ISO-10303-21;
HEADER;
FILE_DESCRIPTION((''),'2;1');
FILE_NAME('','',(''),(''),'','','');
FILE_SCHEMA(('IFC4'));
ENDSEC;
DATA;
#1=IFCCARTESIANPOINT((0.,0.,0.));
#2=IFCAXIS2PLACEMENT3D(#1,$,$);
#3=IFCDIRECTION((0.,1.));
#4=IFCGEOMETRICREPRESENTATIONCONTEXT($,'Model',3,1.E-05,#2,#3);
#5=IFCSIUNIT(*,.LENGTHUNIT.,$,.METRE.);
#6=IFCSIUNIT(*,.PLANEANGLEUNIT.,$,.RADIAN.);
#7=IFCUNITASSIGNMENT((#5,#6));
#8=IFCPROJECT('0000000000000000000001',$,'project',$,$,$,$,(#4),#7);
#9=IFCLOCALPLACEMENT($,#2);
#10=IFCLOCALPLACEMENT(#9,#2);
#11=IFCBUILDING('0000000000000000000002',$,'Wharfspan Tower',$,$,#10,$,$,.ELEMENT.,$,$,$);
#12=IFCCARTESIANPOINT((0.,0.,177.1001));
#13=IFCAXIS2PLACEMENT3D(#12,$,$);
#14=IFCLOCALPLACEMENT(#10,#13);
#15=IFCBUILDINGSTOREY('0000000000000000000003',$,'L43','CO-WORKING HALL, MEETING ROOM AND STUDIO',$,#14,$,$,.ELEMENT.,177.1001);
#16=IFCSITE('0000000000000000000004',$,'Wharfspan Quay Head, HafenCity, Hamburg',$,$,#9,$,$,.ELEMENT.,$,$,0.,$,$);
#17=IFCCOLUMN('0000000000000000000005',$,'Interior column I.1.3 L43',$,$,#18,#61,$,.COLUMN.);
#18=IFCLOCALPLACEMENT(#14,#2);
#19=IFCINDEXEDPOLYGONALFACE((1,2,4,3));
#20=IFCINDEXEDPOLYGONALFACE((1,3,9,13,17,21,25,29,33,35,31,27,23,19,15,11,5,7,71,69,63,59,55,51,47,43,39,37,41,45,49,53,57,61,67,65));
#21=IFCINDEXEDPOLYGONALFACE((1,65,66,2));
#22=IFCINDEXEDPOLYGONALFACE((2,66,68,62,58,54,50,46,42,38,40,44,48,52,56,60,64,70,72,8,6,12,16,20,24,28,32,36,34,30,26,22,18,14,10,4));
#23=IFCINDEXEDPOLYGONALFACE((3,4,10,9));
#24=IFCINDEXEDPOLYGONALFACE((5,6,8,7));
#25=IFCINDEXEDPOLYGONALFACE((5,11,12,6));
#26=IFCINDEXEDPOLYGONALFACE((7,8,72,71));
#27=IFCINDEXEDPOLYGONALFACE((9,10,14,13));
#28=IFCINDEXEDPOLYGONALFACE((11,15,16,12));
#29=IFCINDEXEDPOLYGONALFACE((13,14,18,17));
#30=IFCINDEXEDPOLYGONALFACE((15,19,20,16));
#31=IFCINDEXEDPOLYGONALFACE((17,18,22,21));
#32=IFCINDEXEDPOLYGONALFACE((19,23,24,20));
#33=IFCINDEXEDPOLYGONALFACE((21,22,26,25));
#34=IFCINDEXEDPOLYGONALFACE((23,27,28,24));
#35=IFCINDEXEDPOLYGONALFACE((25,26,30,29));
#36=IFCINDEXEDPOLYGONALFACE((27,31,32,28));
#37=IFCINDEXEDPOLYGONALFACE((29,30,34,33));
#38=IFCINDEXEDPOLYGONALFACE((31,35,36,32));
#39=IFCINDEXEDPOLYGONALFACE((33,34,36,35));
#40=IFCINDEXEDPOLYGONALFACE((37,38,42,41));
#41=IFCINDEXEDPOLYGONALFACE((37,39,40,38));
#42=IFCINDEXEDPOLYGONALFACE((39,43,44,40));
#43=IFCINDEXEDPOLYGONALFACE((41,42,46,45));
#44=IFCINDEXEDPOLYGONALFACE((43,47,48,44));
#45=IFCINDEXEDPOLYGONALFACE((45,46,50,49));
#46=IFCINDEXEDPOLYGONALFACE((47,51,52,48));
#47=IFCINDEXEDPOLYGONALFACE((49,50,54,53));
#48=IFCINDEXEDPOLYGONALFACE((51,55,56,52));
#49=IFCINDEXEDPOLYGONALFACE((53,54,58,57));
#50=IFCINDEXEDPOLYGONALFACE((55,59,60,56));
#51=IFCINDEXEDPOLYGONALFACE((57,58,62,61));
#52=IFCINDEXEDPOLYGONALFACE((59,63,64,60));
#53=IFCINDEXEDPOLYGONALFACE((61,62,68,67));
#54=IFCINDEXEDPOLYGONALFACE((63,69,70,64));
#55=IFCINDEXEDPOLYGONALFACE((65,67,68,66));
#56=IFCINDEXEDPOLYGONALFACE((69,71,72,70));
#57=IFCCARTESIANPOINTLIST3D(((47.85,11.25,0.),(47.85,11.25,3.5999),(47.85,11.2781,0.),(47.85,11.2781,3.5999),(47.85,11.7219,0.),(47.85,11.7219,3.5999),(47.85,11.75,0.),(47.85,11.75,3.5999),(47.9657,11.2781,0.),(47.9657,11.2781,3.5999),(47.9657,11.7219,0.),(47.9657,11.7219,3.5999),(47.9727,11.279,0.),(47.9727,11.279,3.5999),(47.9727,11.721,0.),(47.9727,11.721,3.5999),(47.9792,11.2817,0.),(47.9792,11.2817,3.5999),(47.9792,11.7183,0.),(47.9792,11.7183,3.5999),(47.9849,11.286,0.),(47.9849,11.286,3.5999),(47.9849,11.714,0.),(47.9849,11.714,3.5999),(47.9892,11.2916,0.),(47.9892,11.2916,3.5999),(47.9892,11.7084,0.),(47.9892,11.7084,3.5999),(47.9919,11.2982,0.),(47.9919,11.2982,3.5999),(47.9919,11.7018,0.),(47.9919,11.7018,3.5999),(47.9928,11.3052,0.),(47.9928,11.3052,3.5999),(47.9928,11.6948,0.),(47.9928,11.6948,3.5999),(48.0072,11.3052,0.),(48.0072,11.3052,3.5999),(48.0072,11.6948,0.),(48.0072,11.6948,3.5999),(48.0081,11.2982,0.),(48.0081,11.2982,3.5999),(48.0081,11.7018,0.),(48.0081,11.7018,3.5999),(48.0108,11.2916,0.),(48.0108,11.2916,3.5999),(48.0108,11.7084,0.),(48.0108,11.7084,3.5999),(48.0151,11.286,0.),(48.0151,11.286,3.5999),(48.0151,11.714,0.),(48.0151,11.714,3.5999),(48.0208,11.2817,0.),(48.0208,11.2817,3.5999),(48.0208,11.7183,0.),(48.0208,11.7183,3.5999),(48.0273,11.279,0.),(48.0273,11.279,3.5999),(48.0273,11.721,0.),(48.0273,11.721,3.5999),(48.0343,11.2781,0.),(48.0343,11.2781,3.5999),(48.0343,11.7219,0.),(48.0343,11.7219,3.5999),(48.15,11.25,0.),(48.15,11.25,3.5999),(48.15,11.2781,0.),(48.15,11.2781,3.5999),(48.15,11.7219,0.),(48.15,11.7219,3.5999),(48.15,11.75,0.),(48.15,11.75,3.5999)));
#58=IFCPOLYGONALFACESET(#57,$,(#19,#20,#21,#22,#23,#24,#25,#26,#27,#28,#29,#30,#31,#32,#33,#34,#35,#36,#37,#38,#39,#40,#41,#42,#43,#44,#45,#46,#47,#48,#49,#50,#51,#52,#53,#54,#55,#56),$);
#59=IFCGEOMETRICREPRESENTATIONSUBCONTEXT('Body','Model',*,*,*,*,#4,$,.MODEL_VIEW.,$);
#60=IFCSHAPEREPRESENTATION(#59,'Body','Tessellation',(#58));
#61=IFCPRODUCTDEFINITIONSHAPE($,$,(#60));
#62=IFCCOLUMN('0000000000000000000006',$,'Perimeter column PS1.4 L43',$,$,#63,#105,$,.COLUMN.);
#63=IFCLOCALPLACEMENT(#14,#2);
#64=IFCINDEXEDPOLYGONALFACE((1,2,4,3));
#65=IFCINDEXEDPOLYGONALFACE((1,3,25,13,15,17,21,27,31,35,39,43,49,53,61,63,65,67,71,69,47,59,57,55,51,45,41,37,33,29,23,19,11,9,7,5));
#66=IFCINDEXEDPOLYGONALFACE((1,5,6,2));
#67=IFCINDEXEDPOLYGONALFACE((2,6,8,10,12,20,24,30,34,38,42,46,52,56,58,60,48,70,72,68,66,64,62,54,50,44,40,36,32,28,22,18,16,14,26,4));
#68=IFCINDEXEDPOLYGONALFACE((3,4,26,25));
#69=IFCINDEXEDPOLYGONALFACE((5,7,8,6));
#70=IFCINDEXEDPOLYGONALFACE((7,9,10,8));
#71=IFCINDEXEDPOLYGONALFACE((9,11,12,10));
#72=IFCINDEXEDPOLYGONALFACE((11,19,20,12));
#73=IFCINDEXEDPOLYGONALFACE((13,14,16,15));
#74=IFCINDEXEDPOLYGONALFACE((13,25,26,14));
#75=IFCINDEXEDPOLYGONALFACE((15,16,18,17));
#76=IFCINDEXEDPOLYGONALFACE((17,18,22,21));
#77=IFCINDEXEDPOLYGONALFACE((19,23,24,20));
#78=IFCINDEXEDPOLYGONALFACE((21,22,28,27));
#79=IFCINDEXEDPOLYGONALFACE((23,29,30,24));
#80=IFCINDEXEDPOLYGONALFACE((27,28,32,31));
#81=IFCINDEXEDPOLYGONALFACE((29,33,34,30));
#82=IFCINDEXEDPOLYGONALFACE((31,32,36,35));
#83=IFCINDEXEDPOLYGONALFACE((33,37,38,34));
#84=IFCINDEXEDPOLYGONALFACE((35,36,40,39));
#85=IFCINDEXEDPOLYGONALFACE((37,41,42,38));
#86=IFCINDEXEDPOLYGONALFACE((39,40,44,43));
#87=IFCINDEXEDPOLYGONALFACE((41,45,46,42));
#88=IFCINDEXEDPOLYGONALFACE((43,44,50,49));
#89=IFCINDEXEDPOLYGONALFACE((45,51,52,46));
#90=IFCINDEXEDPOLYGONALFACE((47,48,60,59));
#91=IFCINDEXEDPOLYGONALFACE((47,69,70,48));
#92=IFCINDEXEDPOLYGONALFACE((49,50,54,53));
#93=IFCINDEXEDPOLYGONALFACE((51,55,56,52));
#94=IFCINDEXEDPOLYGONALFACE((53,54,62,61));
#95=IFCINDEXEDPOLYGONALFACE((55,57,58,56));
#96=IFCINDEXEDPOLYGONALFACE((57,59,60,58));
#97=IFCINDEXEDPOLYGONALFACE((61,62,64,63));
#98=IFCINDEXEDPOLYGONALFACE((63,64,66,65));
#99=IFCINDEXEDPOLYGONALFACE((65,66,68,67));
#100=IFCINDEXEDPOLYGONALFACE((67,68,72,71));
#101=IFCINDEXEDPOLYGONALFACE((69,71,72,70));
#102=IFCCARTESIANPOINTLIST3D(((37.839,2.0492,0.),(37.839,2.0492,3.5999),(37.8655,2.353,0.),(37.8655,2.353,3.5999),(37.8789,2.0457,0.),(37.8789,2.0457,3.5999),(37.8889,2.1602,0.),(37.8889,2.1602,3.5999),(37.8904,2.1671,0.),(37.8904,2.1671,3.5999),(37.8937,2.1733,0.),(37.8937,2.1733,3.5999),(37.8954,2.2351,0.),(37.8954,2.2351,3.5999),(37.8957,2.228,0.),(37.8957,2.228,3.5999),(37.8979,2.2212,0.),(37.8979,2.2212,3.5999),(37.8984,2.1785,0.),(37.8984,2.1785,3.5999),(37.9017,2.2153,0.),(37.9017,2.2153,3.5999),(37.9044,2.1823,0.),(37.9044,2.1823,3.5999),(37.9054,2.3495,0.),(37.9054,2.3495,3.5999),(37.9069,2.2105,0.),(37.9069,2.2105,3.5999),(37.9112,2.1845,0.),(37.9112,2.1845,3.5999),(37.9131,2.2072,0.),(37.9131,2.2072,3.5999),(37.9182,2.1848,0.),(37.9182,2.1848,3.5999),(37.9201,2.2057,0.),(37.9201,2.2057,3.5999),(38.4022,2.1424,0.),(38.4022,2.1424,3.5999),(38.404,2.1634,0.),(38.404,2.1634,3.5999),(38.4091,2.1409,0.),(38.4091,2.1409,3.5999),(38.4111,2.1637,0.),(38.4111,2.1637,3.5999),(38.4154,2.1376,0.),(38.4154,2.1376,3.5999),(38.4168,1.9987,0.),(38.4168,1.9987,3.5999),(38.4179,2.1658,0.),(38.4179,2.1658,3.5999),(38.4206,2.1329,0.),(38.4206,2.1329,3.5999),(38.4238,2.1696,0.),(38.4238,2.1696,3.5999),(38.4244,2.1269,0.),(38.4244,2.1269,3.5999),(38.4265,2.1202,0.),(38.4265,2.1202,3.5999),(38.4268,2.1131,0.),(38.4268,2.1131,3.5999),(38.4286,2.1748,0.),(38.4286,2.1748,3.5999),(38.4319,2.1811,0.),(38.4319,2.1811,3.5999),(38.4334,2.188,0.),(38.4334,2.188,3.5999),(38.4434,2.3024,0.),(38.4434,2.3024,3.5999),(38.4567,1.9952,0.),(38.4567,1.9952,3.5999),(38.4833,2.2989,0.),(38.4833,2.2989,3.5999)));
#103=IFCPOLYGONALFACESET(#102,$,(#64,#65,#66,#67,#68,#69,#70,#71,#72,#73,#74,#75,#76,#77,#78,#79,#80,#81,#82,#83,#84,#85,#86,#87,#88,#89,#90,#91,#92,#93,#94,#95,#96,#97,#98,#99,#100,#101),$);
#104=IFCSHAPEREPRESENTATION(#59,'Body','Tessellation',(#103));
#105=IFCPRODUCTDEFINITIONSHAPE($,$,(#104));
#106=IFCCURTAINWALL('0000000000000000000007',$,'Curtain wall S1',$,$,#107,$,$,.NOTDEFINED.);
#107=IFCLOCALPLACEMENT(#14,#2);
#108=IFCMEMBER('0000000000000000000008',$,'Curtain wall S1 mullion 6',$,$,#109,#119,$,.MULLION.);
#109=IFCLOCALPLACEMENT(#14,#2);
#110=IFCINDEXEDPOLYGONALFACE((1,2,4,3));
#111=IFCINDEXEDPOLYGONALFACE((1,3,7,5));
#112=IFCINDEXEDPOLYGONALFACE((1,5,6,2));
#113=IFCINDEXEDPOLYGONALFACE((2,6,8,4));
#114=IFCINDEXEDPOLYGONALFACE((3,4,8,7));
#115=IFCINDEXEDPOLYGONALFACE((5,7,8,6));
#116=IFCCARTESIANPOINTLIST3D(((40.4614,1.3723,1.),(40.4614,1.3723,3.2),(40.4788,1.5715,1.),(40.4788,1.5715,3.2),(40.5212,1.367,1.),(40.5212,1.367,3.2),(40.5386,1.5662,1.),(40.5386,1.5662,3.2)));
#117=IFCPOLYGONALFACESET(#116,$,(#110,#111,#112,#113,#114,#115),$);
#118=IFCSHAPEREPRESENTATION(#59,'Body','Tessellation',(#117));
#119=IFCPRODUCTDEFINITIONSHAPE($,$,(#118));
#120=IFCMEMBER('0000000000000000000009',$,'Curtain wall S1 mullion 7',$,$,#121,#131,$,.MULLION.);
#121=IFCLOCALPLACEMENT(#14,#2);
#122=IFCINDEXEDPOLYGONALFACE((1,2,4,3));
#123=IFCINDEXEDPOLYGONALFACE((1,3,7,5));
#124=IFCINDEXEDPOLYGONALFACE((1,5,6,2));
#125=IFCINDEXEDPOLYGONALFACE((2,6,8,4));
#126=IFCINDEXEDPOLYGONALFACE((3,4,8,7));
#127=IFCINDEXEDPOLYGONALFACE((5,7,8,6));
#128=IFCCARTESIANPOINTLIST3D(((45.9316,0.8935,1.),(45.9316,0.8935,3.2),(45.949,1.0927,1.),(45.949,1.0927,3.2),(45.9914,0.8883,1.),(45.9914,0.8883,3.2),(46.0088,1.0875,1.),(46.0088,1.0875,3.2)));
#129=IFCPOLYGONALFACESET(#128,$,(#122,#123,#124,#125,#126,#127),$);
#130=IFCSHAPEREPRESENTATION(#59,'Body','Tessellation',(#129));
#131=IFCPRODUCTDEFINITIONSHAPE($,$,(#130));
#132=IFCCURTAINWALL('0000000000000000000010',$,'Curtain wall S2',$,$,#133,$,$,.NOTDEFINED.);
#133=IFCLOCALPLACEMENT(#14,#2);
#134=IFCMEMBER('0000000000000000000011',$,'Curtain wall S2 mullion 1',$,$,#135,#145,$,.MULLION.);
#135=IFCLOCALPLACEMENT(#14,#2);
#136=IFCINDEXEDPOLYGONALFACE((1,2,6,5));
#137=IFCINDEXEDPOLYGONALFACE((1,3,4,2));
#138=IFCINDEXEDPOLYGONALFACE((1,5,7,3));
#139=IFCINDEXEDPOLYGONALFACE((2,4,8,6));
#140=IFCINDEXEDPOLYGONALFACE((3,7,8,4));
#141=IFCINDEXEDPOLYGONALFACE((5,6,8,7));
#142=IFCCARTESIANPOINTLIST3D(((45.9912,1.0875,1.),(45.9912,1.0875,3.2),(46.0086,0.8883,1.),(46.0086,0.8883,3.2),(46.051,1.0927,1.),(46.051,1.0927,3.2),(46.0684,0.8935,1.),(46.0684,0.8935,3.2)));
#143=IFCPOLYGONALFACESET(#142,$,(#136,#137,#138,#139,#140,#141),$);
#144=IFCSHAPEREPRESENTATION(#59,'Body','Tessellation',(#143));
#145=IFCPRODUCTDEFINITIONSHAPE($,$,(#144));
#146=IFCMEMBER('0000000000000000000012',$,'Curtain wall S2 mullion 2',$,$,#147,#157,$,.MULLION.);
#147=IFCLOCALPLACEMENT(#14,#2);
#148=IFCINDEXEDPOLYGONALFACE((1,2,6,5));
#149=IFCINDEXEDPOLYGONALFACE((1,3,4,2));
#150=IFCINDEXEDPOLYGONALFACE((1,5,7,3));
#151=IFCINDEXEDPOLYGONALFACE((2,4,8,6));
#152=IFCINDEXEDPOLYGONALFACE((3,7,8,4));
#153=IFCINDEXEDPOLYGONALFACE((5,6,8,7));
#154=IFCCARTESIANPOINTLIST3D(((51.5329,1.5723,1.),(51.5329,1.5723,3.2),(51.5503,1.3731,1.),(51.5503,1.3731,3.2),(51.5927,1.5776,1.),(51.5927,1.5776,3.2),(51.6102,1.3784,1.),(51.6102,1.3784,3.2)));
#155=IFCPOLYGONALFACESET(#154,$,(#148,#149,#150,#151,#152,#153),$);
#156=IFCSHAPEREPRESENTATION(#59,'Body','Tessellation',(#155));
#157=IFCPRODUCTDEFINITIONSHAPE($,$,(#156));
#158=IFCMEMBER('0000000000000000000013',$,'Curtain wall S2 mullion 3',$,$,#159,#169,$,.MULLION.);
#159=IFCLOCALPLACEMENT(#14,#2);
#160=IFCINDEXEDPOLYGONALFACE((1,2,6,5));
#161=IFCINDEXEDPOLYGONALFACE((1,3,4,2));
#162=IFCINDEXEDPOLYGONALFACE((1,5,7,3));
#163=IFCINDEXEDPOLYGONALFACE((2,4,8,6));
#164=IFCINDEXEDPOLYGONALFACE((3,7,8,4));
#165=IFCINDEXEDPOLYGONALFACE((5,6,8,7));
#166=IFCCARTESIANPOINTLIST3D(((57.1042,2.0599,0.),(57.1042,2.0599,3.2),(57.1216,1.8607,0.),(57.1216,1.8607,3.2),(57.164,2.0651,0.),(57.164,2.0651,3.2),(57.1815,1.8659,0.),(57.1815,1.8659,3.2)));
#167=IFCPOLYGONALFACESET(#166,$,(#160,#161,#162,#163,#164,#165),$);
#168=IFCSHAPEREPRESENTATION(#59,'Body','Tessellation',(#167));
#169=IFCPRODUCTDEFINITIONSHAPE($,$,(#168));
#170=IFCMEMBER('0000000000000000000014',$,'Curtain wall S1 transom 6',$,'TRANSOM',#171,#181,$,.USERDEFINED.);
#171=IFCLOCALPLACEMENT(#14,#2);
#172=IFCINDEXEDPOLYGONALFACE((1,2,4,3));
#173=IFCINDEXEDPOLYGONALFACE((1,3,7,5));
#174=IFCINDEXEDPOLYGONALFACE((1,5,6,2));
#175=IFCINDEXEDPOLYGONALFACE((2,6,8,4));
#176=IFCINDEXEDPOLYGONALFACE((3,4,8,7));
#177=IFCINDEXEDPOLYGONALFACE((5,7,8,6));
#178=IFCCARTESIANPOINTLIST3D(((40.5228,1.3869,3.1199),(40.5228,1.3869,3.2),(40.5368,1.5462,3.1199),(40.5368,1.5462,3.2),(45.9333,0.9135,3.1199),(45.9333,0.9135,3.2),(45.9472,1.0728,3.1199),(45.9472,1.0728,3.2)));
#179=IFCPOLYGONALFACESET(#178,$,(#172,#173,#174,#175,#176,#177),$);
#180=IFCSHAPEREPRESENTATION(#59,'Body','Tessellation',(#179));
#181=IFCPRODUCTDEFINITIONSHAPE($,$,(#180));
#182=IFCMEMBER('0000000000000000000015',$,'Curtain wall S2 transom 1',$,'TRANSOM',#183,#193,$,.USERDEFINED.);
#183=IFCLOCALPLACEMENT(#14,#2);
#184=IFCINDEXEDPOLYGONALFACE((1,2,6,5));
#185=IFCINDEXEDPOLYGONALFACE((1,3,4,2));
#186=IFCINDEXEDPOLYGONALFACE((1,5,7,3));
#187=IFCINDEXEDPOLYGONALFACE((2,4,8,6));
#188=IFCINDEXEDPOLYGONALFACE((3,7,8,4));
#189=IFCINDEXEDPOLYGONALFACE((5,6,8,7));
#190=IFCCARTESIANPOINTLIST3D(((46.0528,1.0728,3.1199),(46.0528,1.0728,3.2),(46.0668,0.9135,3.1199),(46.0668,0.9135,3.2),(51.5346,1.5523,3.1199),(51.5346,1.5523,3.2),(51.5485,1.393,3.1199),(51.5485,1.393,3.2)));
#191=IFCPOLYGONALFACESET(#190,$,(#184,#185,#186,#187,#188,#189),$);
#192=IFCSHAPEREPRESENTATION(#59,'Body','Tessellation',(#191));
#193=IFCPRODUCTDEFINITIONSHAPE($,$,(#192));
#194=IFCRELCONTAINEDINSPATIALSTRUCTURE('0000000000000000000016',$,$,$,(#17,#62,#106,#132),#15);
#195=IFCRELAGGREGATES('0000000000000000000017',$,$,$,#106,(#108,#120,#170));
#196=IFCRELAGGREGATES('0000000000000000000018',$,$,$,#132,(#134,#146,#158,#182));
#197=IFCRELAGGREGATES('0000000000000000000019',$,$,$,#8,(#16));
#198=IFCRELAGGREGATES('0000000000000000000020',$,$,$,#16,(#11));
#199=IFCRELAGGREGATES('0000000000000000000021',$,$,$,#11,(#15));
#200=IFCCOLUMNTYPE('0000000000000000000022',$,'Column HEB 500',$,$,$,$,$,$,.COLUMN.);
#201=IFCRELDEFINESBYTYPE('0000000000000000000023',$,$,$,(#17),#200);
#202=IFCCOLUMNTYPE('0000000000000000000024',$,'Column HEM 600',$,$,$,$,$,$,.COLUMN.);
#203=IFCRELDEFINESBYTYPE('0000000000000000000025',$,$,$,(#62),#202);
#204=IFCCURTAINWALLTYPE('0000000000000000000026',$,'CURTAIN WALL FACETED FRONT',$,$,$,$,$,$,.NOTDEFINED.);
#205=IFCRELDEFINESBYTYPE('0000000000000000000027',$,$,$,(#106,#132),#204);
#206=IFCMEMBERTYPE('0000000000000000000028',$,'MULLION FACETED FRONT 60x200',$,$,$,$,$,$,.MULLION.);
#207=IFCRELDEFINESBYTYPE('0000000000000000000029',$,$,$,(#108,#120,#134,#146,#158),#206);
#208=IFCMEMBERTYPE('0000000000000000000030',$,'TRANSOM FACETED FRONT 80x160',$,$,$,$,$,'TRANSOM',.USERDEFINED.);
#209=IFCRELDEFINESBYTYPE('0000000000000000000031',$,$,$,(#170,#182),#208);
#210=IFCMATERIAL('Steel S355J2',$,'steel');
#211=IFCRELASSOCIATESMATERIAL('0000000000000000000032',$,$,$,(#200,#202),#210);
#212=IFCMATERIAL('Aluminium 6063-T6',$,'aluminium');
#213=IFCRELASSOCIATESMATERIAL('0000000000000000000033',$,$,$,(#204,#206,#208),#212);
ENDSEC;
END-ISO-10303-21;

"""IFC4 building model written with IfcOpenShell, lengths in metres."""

from ifc_helpers import new_model, si_unit, direction, frame, origin, origin_2d, place, context, subcontext, project, spatial, rectangle, i_section, extrude, material, material_profile, profile_set, type_object, element, aggregate, save


model = new_model("IFC4")

# Units and contexts
model_context = context("Model", 3, precision=1e-05, world=origin(), true_north=direction((0.0, 1.0)))
body_context = subcontext(model_context, "Body", "Model", "MODEL_VIEW")
ifc_project = project(units=[si_unit("LENGTHUNIT", "METRE"), si_unit("PLANEANGLEUNIT", "RADIAN")], contexts=[model_context])

# Site, building, storey
site_placement = place(None, origin())
site = spatial("IfcSite", under=ifc_project, at=site_placement, Name="Wharfspan Quay Head, HafenCity, Hamburg", CompositionType="ELEMENT", RefElevation=0.0)
building_placement = place(site_placement, origin())
building = spatial("IfcBuilding", under=site, at=building_placement, Name="Wharfspan Tower", CompositionType="ELEMENT")
storey_placement = place(building_placement, frame((0.0, 0.0, 177.1001)))
storey = spatial("IfcBuildingStorey", under=building, at=storey_placement, Name="L43", Description="CO-WORKING HALL, MEETING ROOM AND STUDIO", CompositionType="ELEMENT", Elevation=177.1001)

# Columns
ifc_material_1 = material(Name="Steel S355J2", Category="steel")
ifc_material_profile_1 = material_profile(ifc_material_1, i_section(OverallWidth=0.3, OverallDepth=0.5, WebThickness=0.0144, FlangeThickness=0.0281, FilletRadius=0.0271, at=origin_2d()))
ifc_profile_set_1 = profile_set([ifc_material_profile_1], Name="Steel S355J2")
column_type_1 = type_object("IfcColumnType", Name="Column HEB 500", PredefinedType="COLUMN", material=ifc_profile_set_1)
column_1_placement = place(storey_placement, frame((48.0, 11.5, 0.0), z_axis=(0.0, 0.0, 1.0), x_axis=(1.0, 0.0, 0.0)))
element("IfcColumn", 1, at=column_1_placement, inside=storey, type_object=column_type_1, Name="Interior column I.1.3 L43", PredefinedType="COLUMN", context=body_context, shape_type="SweptSolid", body=[
    extrude(i_section(OverallWidth=0.3, OverallDepth=0.5, WebThickness=0.0144, FlangeThickness=0.0281, FilletRadius=0.0271, at=origin_2d()), origin(), (0.0, 0.0, 1.0), 3.5999),
])
ifc_material_profile_2 = material_profile(ifc_material_1, i_section(OverallWidth=0.3049, OverallDepth=0.6201, WebThickness=0.021, FlangeThickness=0.04, FilletRadius=0.0271, at=origin_2d()))
ifc_profile_set_2 = profile_set([ifc_material_profile_2], Name="Steel S355J2")
column_type_2 = type_object("IfcColumnType", Name="Column HEM 600", PredefinedType="COLUMN", material=ifc_profile_set_2)
column_2_placement = place(storey_placement, frame((38.1611, 2.1741, 0.0), z_axis=(0.0, 0.0, 1.0), x_axis=(-0.087156, -0.996198, 0.0)))
element("IfcColumn", 2, at=column_2_placement, inside=storey, type_object=column_type_2, Name="Perimeter column PS1.4 L43", PredefinedType="COLUMN", context=body_context, shape_type="SweptSolid", body=[
    extrude(i_section(OverallWidth=0.3049, OverallDepth=0.6201, WebThickness=0.021, FlangeThickness=0.04, FilletRadius=0.0271, at=origin_2d()), origin(), (0.0, 0.0, 1.0), 3.5999),
])

# Curtain walls, members
ifc_material_2 = material(Name="Aluminium 6063-T6", Category="aluminium")
curtain_wall_type = type_object("IfcCurtainWallType", Name="CURTAIN WALL FACETED FRONT", PredefinedType="NOTDEFINED", material=ifc_material_2)
curtain_wall_1_placement = place(storey_placement, origin())
curtain_wall_1 = element("IfcCurtainWall", 3, at=curtain_wall_1_placement, inside=storey, type_object=curtain_wall_type, Name="Curtain wall S1", PredefinedType="NOTDEFINED")
ifc_material_profile_3 = material_profile(ifc_material_2, rectangle(XDim=0.2, YDim=0.0601, at=origin_2d()))
ifc_profile_set_3 = profile_set([ifc_material_profile_3], Name="Aluminium 6063-T6")
member_type_1 = type_object("IfcMemberType", Name="MULLION FACETED FRONT 60x200", PredefinedType="MULLION", material=ifc_profile_set_3)
member_1_placement = place(storey_placement, frame((40.5, 1.4692, 1.0), z_axis=(0.0, 0.0, 1.0), x_axis=(0.087156, 0.996198, 0.0)))
member_1 = element("IfcMember", 4, at=member_1_placement, type_object=member_type_1, Name="Curtain wall S1 mullion 6", PredefinedType="MULLION", context=body_context, shape_type="SweptSolid", body=[
    extrude(rectangle(XDim=0.2, YDim=0.0601, at=origin_2d()), origin(), (0.0, 0.0, 1.0), 2.2),
])
member_2_placement = place(storey_placement, frame((45.9702, 0.9905, 1.0), z_axis=(0.0, 0.0, 1.0), x_axis=(0.087156, 0.996198, 0.0)))
member_2 = element("IfcMember", 5, at=member_2_placement, type_object=member_type_1, Name="Curtain wall S1 mullion 7", PredefinedType="MULLION", context=body_context, shape_type="SweptSolid", body=[
    extrude(rectangle(XDim=0.2, YDim=0.0601, at=origin_2d()), origin(), (0.0, 0.0, 1.0), 2.2),
])
curtain_wall_2_placement = place(storey_placement, origin())
curtain_wall_2 = element("IfcCurtainWall", 6, at=curtain_wall_2_placement, inside=storey, type_object=curtain_wall_type, Name="Curtain wall S2", PredefinedType="NOTDEFINED")
member_3_placement = place(storey_placement, frame((46.0298, 0.9905, 1.0), z_axis=(0.0, 0.0, 1.0), x_axis=(-0.087156, 0.996198, 0.0)))
member_3 = element("IfcMember", 7, at=member_3_placement, type_object=member_type_1, Name="Curtain wall S2 mullion 1", PredefinedType="MULLION", context=body_context, shape_type="SweptSolid", body=[
    extrude(rectangle(XDim=0.2, YDim=0.0601, at=origin_2d()), origin(), (0.0, 0.0, 1.0), 2.2),
])
member_4_placement = place(storey_placement, frame((51.5715, 1.4753, 1.0), z_axis=(0.0, 0.0, 1.0), x_axis=(-0.087156, 0.996198, 0.0)))
member_4 = element("IfcMember", 8, at=member_4_placement, type_object=member_type_1, Name="Curtain wall S2 mullion 2", PredefinedType="MULLION", context=body_context, shape_type="SweptSolid", body=[
    extrude(rectangle(XDim=0.2, YDim=0.0601, at=origin_2d()), origin(), (0.0, 0.0, 1.0), 2.2),
])
member_5_placement = place(storey_placement, frame((57.1428, 1.9629, 0.0), z_axis=(0.0, 0.0, 1.0), x_axis=(-0.087156, 0.996198, 0.0)))
member_5 = element("IfcMember", 9, at=member_5_placement, type_object=member_type_1, Name="Curtain wall S2 mullion 3", PredefinedType="MULLION", context=body_context, shape_type="SweptSolid", body=[
    extrude(rectangle(XDim=0.2, YDim=0.0601, at=origin_2d()), origin(), (0.0, 0.0, 1.0), 3.2),
])

# Members
ifc_material_profile_4 = material_profile(ifc_material_2, rectangle(XDim=0.1599, YDim=0.0801, at=origin_2d()))
ifc_profile_set_4 = profile_set([ifc_material_profile_4], Name="Aluminium 6063-T6")
member_type_2 = type_object("IfcMemberType", Name="TRANSOM FACETED FRONT 80x160", ElementType="TRANSOM", PredefinedType="USERDEFINED", material=ifc_profile_set_4)
member_6_placement = place(storey_placement, frame((40.5298, 1.4666, 3.1599), z_axis=(0.996194, -0.087163, 0.0), x_axis=(0.087163, 0.996194, 0.0)))
member_6 = element("IfcMember", 10, at=member_6_placement, type_object=member_type_2, Name="Curtain wall S1 transom 6", ObjectType="TRANSOM", PredefinedType="USERDEFINED", context=body_context, shape_type="SweptSolid", body=[
    extrude(rectangle(XDim=0.1599, YDim=0.0801, at=origin_2d()), origin(), (0.0, 0.0, 1.0), 5.4312),
])
member_7_placement = place(storey_placement, frame((46.0598, 0.9932, 3.1599), z_axis=(0.996196, 0.087139, 0.0), x_axis=(-0.087139, 0.996196, 0.0)))
member_7 = element("IfcMember", 11, at=member_7_placement, type_object=member_type_2, Name="Curtain wall S2 transom 1", ObjectType="TRANSOM", PredefinedType="USERDEFINED", context=body_context, shape_type="SweptSolid", body=[
    extrude(rectangle(XDim=0.1599, YDim=0.0801, at=origin_2d()), origin(), (0.0, 0.0, 1.0), 5.5027),
])

aggregate(curtain_wall_1, [member_1, member_2, member_6])
aggregate(curtain_wall_2, [member_3, member_4, member_5, member_7])

save(model, "model.ifc")
